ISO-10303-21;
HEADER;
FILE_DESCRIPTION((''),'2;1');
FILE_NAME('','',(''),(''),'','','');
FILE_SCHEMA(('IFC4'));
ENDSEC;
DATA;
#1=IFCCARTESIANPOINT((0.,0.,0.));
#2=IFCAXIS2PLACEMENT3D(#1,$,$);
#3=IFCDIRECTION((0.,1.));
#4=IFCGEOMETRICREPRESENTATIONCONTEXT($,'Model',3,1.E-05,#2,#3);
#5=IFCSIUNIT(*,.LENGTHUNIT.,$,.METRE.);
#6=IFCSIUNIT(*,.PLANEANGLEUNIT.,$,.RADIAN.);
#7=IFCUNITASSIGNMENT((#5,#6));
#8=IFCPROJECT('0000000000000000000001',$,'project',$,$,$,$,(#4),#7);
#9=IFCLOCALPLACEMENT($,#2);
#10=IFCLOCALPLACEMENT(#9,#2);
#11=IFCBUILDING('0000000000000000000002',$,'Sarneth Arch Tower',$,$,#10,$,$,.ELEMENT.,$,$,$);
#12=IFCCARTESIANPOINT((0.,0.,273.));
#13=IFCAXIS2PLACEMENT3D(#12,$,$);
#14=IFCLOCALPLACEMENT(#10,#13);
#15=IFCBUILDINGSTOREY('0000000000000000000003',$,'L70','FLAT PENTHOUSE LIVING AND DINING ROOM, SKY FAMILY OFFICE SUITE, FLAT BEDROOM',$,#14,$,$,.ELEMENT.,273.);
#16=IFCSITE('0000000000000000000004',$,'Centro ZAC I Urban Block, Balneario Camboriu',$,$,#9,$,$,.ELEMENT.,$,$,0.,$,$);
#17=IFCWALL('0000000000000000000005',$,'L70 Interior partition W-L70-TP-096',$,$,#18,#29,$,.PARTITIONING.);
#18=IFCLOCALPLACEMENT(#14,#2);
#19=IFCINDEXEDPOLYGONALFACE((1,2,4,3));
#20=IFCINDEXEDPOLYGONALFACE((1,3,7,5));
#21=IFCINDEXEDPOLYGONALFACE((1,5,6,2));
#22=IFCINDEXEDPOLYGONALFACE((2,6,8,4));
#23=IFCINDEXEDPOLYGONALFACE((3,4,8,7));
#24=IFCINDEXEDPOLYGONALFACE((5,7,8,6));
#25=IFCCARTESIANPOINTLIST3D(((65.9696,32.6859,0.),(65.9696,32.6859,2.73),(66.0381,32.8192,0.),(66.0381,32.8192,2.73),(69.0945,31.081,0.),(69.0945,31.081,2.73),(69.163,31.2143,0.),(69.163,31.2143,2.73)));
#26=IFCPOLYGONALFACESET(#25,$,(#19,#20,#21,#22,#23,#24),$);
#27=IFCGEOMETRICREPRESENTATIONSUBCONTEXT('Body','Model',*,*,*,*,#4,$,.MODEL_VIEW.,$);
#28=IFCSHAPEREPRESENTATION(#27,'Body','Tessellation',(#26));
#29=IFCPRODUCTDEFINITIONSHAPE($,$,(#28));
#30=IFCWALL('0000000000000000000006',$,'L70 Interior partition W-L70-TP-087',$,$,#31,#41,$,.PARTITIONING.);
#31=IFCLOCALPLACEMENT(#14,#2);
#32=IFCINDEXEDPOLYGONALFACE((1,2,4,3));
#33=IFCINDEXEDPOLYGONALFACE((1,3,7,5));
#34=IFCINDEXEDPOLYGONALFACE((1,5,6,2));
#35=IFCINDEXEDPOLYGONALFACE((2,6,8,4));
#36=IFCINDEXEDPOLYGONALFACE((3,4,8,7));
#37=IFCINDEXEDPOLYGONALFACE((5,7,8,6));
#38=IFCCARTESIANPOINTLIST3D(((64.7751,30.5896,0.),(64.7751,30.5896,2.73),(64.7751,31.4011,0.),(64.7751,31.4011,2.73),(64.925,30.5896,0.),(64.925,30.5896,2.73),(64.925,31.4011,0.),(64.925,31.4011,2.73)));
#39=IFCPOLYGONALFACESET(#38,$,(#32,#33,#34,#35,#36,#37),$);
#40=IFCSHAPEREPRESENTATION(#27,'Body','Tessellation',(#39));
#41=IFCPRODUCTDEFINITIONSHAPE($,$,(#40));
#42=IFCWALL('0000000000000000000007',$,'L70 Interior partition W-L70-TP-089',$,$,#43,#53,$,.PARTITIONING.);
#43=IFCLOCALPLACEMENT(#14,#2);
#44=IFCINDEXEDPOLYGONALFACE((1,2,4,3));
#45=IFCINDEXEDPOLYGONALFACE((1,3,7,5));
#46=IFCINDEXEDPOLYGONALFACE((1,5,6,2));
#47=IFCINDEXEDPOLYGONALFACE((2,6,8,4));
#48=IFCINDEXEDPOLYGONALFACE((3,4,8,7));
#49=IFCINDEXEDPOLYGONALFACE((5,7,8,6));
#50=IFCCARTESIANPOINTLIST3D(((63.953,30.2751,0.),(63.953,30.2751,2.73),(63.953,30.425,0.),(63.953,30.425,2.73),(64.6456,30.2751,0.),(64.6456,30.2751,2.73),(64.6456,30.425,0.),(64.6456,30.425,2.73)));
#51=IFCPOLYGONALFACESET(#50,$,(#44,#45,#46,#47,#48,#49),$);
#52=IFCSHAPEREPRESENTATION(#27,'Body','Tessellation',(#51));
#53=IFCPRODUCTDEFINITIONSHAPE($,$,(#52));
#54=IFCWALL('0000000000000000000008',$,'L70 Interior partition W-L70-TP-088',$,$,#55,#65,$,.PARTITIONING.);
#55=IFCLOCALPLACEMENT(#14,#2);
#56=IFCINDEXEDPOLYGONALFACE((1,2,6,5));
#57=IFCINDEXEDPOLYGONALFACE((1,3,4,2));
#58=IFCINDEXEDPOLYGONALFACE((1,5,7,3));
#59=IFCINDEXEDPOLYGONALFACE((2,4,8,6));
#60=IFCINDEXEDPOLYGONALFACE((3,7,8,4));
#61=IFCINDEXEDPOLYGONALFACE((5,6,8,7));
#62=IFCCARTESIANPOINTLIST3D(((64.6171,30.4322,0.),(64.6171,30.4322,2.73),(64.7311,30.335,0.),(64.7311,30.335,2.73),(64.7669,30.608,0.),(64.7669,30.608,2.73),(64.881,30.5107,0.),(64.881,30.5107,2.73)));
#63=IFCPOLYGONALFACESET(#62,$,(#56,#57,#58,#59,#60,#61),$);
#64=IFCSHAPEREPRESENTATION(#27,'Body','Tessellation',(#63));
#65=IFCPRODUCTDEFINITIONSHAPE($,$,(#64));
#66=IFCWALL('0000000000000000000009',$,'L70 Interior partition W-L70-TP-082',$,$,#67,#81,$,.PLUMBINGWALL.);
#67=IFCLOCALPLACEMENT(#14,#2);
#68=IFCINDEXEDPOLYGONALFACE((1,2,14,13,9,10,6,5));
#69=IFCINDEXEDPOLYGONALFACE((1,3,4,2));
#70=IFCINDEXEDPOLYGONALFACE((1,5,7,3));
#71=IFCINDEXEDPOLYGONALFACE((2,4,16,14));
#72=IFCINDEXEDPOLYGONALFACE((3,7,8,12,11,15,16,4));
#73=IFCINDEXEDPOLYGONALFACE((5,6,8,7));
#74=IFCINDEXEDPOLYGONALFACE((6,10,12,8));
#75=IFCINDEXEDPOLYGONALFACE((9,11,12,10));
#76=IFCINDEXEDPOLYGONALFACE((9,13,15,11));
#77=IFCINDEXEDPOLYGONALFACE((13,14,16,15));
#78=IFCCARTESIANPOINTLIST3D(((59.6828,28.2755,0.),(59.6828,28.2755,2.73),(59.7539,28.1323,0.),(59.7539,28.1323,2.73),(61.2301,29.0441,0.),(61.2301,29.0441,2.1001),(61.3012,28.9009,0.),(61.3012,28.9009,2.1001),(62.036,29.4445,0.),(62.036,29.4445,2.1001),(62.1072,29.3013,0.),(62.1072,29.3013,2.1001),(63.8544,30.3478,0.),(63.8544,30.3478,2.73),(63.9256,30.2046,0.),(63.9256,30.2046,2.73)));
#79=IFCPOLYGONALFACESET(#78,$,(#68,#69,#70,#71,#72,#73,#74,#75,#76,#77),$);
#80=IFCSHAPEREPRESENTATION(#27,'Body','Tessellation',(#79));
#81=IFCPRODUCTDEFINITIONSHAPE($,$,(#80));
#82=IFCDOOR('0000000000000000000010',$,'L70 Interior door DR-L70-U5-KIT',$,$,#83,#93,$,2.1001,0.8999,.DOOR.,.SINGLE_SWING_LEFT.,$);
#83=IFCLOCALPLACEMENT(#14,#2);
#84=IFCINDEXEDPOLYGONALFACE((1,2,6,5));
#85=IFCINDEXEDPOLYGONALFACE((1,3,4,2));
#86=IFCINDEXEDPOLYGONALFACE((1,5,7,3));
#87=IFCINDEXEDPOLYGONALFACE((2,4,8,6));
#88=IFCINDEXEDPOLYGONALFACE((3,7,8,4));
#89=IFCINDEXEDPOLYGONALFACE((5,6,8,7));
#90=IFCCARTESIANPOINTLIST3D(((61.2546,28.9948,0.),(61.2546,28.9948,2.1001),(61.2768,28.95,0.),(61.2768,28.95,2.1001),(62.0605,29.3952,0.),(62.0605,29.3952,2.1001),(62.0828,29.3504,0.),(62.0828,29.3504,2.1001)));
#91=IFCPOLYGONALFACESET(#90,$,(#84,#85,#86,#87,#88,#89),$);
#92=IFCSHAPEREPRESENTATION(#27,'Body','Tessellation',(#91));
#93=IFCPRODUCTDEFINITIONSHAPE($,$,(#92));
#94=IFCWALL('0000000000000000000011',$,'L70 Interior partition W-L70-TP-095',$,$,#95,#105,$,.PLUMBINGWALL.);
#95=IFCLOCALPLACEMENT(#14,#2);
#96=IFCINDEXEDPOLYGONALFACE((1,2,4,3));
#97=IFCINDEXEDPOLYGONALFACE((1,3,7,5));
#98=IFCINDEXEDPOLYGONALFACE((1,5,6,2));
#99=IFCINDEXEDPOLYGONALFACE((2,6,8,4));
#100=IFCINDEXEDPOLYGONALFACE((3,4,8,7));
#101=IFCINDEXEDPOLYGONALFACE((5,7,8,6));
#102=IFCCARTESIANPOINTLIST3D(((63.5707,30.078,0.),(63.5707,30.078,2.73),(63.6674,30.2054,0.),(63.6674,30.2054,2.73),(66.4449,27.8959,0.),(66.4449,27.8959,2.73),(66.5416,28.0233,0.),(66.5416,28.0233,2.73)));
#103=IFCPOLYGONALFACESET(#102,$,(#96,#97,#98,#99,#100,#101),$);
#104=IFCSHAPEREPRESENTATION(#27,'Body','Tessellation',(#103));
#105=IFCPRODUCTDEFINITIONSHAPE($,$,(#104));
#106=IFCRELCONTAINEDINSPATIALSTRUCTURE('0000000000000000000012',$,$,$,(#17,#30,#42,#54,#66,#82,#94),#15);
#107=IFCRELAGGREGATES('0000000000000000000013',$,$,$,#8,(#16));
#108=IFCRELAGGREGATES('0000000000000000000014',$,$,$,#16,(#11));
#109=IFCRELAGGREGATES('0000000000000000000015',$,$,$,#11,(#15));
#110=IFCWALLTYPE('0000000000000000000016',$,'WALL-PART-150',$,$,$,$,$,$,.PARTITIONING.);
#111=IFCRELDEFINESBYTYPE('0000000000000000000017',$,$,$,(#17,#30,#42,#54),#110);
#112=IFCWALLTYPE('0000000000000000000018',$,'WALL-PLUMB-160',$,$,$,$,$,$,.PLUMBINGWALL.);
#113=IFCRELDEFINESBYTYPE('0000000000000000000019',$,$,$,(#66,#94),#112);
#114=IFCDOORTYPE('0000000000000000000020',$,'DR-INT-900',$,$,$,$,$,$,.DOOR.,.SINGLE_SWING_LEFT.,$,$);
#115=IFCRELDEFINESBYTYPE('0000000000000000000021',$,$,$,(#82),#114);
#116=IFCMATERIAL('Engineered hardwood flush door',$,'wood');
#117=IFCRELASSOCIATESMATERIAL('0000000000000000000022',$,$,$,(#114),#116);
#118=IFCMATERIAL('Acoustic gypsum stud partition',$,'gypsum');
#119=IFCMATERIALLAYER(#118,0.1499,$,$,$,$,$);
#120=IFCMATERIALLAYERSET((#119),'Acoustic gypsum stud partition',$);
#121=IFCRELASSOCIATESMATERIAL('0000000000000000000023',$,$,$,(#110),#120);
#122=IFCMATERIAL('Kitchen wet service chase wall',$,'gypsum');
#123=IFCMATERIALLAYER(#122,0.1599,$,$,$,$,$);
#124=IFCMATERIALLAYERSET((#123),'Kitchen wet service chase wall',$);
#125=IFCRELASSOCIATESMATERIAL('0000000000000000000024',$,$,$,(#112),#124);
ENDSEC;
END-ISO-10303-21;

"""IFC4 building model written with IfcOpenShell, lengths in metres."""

from ifc_helpers import new_model, si_unit, direction, frame, frame_2d, origin, place, context, subcontext, project, spatial, rectangle, extrude, material, layer, layer_set, type_object, element, fill, save


model = new_model("IFC4")

# Units and contexts
model_context = context("Model", 3, precision=1e-05, world=origin(), true_north=direction((0.0, 1.0)))
body_context = subcontext(model_context, "Body", "Model", "MODEL_VIEW")
ifc_project = project(units=[si_unit("LENGTHUNIT", "METRE"), si_unit("PLANEANGLEUNIT", "RADIAN")], contexts=[model_context])

# Site, building, storey
site_placement = place(None, origin())
site = spatial("IfcSite", under=ifc_project, at=site_placement, Name="Centro ZAC I Urban Block, Balneario Camboriu", CompositionType="ELEMENT", RefElevation=0.0)
building_placement = place(site_placement, origin())
building = spatial("IfcBuilding", under=site, at=building_placement, Name="Sarneth Arch Tower", CompositionType="ELEMENT")
storey_placement = place(building_placement, frame((0.0, 0.0, 273.0)))
storey = spatial("IfcBuildingStorey", under=building, at=storey_placement, Name="L70", Description="FLAT PENTHOUSE LIVING AND DINING ROOM, SKY FAMILY OFFICE SUITE, FLAT BEDROOM", CompositionType="ELEMENT", Elevation=273.0)

# Shared definitions
ifc_material_1 = material(Name="Engineered hardwood flush door", Category="wood")
door_type = type_object("IfcDoorType", Name="DR-INT-900", OperationType="SINGLE_SWING_LEFT", PredefinedType="DOOR", material=ifc_material_1)

# Walls
ifc_material_2 = material(Name="Acoustic gypsum stud partition", Category="gypsum")
ifc_layer_1 = layer(ifc_material_2, 0.1499)
ifc_layer_set_1 = layer_set([ifc_layer_1], Name="Acoustic gypsum stud partition")
wall_type_1 = type_object("IfcWallType", Name="WALL-PART-150", PredefinedType="PARTITIONING", material=ifc_layer_set_1)
wall_1_placement = place(storey_placement, frame((69.1287, 31.1477, 0.0), z_axis=(0.0, 0.0, 1.0), x_axis=(-0.889538, 0.456861, 0.0)))
element("IfcWall", 1, at=wall_1_placement, inside=storey, type_object=wall_type_1, Name="L70 Interior partition W-L70-TP-096", PredefinedType="PARTITIONING", context=body_context, shape_type="SweptSolid", body=[
    extrude(rectangle(XDim=3.5129, YDim=0.1499, at=frame_2d((1.7563, 0.0))), origin(), (0.0, 0.0, 1.0), 2.73),
])
wall_2_placement = place(storey_placement, frame((64.8501, 31.4011, 0.0), z_axis=(0.0, 0.0, 1.0), x_axis=(0.0, -1.0, 0.0)))
element("IfcWall", 2, at=wall_2_placement, inside=storey, type_object=wall_type_1, Name="L70 Interior partition W-L70-TP-087", PredefinedType="PARTITIONING", context=body_context, shape_type="SweptSolid", body=[
    extrude(rectangle(XDim=0.8115, YDim=0.1499, at=frame_2d((0.4058, 0.0))), origin(), (0.0, 0.0, 1.0), 2.73),
])
wall_3_placement = place(storey_placement, frame((64.6455, 30.3501, 0.0), z_axis=(0.0, 0.0, 1.0), x_axis=(-1.0, 0.0, 0.0)))
element("IfcWall", 3, at=wall_3_placement, inside=storey, type_object=wall_type_1, Name="L70 Interior partition W-L70-TP-089", PredefinedType="PARTITIONING", context=body_context, shape_type="SweptSolid", body=[
    extrude(rectangle(XDim=0.6926, YDim=0.1499, at=frame_2d((0.3462, 0.0))), origin(), (0.0, 0.0, 1.0), 2.73),
])
wall_4_placement = place(storey_placement, frame((64.824, 30.5593, 0.0), z_axis=(0.0, 0.0, 1.0), x_axis=(-0.648875, -0.760895, 0.0)))
element("IfcWall", 4, at=wall_4_placement, inside=storey, type_object=wall_type_1, Name="L70 Interior partition W-L70-TP-088", PredefinedType="PARTITIONING", context=body_context, shape_type="SweptSolid", body=[
    extrude(rectangle(XDim=0.231, YDim=0.1499, at=frame_2d((0.1155, 0.0))), origin(), (0.0, 0.0, 1.0), 2.73),
])

# Wall, opening, door
ifc_material_3 = material(Name="Kitchen wet service chase wall", Category="gypsum")
ifc_layer_2 = layer(ifc_material_3, 0.1599)
ifc_layer_set_2 = layer_set([ifc_layer_2], Name="Kitchen wet service chase wall")
wall_type_2 = type_object("IfcWallType", Name="WALL-PLUMB-160", PredefinedType="PLUMBINGWALL", material=ifc_layer_set_2)
wall_5_placement = place(storey_placement, frame((59.7183, 28.2039, 0.0), z_axis=(0.0, 0.0, 1.0), x_axis=(0.895588, 0.444885, 0.0)))
wall_5 = element("IfcWall", 5, at=wall_5_placement, inside=storey, type_object=wall_type_2, Name="L70 Interior partition W-L70-TP-082", PredefinedType="PLUMBINGWALL", context=body_context, shape_type="SweptSolid", body=[
    extrude(rectangle(XDim=4.658, YDim=0.1599, at=frame_2d((2.3291, 0.0))), origin(), (0.0, 0.0, 1.0), 2.73),
])
opening_1_placement = place(wall_5_placement, frame((1.7278, 0.0, 0.0)))
opening_1 = element("IfcOpeningElement", 6, at=opening_1_placement, cuts=wall_5, PredefinedType="OPENING", context=body_context, shape_type="SweptSolid", body=[
    extrude(rectangle(XDim=0.8999, YDim=2.1001, at=frame_2d((0.45, 1.05))), frame((0.0, 0.0898, 0.0), z_axis=(0.0, -1.0, 0.0), x_axis=(1.0, 0.0, 0.0)), (0.0, 0.0, 1.0), 0.1799),
])
door_1_placement = place(opening_1_placement, origin())
door_1 = element("IfcDoor", 7, at=door_1_placement, inside=storey, type_object=door_type, Name="L70 Interior door DR-L70-U5-KIT", OperationType="SINGLE_SWING_LEFT", OverallHeight=2.1001, OverallWidth=0.8999, PredefinedType="DOOR", context=body_context, shape_type="SweptSolid", body=[
    extrude(rectangle(XDim=0.8999, YDim=2.1001, at=frame_2d((0.45, 1.05))), frame((0.0, 0.0249, 0.0), z_axis=(0.0, -1.0, 0.0), x_axis=(1.0, 0.0, 0.0)), (0.0, 0.0, 1.0), 0.05),
])
fill(opening_1, door_1)

# Wall
wall_6_placement = place(storey_placement, frame((63.6191, 30.1416, 0.0), z_axis=(0.0, 0.0, 1.0), x_axis=(0.796471, -0.604677, 0.0)))
element("IfcWall", 8, at=wall_6_placement, inside=storey, type_object=wall_type_2, Name="L70 Interior partition W-L70-TP-095", PredefinedType="PLUMBINGWALL", context=body_context, shape_type="SweptSolid", body=[
    extrude(rectangle(XDim=3.6086, YDim=0.1599, at=frame_2d((1.8042, 0.0))), origin(), (0.0, 0.0, 1.0), 2.73),
])

save(model, "model.ifc")
